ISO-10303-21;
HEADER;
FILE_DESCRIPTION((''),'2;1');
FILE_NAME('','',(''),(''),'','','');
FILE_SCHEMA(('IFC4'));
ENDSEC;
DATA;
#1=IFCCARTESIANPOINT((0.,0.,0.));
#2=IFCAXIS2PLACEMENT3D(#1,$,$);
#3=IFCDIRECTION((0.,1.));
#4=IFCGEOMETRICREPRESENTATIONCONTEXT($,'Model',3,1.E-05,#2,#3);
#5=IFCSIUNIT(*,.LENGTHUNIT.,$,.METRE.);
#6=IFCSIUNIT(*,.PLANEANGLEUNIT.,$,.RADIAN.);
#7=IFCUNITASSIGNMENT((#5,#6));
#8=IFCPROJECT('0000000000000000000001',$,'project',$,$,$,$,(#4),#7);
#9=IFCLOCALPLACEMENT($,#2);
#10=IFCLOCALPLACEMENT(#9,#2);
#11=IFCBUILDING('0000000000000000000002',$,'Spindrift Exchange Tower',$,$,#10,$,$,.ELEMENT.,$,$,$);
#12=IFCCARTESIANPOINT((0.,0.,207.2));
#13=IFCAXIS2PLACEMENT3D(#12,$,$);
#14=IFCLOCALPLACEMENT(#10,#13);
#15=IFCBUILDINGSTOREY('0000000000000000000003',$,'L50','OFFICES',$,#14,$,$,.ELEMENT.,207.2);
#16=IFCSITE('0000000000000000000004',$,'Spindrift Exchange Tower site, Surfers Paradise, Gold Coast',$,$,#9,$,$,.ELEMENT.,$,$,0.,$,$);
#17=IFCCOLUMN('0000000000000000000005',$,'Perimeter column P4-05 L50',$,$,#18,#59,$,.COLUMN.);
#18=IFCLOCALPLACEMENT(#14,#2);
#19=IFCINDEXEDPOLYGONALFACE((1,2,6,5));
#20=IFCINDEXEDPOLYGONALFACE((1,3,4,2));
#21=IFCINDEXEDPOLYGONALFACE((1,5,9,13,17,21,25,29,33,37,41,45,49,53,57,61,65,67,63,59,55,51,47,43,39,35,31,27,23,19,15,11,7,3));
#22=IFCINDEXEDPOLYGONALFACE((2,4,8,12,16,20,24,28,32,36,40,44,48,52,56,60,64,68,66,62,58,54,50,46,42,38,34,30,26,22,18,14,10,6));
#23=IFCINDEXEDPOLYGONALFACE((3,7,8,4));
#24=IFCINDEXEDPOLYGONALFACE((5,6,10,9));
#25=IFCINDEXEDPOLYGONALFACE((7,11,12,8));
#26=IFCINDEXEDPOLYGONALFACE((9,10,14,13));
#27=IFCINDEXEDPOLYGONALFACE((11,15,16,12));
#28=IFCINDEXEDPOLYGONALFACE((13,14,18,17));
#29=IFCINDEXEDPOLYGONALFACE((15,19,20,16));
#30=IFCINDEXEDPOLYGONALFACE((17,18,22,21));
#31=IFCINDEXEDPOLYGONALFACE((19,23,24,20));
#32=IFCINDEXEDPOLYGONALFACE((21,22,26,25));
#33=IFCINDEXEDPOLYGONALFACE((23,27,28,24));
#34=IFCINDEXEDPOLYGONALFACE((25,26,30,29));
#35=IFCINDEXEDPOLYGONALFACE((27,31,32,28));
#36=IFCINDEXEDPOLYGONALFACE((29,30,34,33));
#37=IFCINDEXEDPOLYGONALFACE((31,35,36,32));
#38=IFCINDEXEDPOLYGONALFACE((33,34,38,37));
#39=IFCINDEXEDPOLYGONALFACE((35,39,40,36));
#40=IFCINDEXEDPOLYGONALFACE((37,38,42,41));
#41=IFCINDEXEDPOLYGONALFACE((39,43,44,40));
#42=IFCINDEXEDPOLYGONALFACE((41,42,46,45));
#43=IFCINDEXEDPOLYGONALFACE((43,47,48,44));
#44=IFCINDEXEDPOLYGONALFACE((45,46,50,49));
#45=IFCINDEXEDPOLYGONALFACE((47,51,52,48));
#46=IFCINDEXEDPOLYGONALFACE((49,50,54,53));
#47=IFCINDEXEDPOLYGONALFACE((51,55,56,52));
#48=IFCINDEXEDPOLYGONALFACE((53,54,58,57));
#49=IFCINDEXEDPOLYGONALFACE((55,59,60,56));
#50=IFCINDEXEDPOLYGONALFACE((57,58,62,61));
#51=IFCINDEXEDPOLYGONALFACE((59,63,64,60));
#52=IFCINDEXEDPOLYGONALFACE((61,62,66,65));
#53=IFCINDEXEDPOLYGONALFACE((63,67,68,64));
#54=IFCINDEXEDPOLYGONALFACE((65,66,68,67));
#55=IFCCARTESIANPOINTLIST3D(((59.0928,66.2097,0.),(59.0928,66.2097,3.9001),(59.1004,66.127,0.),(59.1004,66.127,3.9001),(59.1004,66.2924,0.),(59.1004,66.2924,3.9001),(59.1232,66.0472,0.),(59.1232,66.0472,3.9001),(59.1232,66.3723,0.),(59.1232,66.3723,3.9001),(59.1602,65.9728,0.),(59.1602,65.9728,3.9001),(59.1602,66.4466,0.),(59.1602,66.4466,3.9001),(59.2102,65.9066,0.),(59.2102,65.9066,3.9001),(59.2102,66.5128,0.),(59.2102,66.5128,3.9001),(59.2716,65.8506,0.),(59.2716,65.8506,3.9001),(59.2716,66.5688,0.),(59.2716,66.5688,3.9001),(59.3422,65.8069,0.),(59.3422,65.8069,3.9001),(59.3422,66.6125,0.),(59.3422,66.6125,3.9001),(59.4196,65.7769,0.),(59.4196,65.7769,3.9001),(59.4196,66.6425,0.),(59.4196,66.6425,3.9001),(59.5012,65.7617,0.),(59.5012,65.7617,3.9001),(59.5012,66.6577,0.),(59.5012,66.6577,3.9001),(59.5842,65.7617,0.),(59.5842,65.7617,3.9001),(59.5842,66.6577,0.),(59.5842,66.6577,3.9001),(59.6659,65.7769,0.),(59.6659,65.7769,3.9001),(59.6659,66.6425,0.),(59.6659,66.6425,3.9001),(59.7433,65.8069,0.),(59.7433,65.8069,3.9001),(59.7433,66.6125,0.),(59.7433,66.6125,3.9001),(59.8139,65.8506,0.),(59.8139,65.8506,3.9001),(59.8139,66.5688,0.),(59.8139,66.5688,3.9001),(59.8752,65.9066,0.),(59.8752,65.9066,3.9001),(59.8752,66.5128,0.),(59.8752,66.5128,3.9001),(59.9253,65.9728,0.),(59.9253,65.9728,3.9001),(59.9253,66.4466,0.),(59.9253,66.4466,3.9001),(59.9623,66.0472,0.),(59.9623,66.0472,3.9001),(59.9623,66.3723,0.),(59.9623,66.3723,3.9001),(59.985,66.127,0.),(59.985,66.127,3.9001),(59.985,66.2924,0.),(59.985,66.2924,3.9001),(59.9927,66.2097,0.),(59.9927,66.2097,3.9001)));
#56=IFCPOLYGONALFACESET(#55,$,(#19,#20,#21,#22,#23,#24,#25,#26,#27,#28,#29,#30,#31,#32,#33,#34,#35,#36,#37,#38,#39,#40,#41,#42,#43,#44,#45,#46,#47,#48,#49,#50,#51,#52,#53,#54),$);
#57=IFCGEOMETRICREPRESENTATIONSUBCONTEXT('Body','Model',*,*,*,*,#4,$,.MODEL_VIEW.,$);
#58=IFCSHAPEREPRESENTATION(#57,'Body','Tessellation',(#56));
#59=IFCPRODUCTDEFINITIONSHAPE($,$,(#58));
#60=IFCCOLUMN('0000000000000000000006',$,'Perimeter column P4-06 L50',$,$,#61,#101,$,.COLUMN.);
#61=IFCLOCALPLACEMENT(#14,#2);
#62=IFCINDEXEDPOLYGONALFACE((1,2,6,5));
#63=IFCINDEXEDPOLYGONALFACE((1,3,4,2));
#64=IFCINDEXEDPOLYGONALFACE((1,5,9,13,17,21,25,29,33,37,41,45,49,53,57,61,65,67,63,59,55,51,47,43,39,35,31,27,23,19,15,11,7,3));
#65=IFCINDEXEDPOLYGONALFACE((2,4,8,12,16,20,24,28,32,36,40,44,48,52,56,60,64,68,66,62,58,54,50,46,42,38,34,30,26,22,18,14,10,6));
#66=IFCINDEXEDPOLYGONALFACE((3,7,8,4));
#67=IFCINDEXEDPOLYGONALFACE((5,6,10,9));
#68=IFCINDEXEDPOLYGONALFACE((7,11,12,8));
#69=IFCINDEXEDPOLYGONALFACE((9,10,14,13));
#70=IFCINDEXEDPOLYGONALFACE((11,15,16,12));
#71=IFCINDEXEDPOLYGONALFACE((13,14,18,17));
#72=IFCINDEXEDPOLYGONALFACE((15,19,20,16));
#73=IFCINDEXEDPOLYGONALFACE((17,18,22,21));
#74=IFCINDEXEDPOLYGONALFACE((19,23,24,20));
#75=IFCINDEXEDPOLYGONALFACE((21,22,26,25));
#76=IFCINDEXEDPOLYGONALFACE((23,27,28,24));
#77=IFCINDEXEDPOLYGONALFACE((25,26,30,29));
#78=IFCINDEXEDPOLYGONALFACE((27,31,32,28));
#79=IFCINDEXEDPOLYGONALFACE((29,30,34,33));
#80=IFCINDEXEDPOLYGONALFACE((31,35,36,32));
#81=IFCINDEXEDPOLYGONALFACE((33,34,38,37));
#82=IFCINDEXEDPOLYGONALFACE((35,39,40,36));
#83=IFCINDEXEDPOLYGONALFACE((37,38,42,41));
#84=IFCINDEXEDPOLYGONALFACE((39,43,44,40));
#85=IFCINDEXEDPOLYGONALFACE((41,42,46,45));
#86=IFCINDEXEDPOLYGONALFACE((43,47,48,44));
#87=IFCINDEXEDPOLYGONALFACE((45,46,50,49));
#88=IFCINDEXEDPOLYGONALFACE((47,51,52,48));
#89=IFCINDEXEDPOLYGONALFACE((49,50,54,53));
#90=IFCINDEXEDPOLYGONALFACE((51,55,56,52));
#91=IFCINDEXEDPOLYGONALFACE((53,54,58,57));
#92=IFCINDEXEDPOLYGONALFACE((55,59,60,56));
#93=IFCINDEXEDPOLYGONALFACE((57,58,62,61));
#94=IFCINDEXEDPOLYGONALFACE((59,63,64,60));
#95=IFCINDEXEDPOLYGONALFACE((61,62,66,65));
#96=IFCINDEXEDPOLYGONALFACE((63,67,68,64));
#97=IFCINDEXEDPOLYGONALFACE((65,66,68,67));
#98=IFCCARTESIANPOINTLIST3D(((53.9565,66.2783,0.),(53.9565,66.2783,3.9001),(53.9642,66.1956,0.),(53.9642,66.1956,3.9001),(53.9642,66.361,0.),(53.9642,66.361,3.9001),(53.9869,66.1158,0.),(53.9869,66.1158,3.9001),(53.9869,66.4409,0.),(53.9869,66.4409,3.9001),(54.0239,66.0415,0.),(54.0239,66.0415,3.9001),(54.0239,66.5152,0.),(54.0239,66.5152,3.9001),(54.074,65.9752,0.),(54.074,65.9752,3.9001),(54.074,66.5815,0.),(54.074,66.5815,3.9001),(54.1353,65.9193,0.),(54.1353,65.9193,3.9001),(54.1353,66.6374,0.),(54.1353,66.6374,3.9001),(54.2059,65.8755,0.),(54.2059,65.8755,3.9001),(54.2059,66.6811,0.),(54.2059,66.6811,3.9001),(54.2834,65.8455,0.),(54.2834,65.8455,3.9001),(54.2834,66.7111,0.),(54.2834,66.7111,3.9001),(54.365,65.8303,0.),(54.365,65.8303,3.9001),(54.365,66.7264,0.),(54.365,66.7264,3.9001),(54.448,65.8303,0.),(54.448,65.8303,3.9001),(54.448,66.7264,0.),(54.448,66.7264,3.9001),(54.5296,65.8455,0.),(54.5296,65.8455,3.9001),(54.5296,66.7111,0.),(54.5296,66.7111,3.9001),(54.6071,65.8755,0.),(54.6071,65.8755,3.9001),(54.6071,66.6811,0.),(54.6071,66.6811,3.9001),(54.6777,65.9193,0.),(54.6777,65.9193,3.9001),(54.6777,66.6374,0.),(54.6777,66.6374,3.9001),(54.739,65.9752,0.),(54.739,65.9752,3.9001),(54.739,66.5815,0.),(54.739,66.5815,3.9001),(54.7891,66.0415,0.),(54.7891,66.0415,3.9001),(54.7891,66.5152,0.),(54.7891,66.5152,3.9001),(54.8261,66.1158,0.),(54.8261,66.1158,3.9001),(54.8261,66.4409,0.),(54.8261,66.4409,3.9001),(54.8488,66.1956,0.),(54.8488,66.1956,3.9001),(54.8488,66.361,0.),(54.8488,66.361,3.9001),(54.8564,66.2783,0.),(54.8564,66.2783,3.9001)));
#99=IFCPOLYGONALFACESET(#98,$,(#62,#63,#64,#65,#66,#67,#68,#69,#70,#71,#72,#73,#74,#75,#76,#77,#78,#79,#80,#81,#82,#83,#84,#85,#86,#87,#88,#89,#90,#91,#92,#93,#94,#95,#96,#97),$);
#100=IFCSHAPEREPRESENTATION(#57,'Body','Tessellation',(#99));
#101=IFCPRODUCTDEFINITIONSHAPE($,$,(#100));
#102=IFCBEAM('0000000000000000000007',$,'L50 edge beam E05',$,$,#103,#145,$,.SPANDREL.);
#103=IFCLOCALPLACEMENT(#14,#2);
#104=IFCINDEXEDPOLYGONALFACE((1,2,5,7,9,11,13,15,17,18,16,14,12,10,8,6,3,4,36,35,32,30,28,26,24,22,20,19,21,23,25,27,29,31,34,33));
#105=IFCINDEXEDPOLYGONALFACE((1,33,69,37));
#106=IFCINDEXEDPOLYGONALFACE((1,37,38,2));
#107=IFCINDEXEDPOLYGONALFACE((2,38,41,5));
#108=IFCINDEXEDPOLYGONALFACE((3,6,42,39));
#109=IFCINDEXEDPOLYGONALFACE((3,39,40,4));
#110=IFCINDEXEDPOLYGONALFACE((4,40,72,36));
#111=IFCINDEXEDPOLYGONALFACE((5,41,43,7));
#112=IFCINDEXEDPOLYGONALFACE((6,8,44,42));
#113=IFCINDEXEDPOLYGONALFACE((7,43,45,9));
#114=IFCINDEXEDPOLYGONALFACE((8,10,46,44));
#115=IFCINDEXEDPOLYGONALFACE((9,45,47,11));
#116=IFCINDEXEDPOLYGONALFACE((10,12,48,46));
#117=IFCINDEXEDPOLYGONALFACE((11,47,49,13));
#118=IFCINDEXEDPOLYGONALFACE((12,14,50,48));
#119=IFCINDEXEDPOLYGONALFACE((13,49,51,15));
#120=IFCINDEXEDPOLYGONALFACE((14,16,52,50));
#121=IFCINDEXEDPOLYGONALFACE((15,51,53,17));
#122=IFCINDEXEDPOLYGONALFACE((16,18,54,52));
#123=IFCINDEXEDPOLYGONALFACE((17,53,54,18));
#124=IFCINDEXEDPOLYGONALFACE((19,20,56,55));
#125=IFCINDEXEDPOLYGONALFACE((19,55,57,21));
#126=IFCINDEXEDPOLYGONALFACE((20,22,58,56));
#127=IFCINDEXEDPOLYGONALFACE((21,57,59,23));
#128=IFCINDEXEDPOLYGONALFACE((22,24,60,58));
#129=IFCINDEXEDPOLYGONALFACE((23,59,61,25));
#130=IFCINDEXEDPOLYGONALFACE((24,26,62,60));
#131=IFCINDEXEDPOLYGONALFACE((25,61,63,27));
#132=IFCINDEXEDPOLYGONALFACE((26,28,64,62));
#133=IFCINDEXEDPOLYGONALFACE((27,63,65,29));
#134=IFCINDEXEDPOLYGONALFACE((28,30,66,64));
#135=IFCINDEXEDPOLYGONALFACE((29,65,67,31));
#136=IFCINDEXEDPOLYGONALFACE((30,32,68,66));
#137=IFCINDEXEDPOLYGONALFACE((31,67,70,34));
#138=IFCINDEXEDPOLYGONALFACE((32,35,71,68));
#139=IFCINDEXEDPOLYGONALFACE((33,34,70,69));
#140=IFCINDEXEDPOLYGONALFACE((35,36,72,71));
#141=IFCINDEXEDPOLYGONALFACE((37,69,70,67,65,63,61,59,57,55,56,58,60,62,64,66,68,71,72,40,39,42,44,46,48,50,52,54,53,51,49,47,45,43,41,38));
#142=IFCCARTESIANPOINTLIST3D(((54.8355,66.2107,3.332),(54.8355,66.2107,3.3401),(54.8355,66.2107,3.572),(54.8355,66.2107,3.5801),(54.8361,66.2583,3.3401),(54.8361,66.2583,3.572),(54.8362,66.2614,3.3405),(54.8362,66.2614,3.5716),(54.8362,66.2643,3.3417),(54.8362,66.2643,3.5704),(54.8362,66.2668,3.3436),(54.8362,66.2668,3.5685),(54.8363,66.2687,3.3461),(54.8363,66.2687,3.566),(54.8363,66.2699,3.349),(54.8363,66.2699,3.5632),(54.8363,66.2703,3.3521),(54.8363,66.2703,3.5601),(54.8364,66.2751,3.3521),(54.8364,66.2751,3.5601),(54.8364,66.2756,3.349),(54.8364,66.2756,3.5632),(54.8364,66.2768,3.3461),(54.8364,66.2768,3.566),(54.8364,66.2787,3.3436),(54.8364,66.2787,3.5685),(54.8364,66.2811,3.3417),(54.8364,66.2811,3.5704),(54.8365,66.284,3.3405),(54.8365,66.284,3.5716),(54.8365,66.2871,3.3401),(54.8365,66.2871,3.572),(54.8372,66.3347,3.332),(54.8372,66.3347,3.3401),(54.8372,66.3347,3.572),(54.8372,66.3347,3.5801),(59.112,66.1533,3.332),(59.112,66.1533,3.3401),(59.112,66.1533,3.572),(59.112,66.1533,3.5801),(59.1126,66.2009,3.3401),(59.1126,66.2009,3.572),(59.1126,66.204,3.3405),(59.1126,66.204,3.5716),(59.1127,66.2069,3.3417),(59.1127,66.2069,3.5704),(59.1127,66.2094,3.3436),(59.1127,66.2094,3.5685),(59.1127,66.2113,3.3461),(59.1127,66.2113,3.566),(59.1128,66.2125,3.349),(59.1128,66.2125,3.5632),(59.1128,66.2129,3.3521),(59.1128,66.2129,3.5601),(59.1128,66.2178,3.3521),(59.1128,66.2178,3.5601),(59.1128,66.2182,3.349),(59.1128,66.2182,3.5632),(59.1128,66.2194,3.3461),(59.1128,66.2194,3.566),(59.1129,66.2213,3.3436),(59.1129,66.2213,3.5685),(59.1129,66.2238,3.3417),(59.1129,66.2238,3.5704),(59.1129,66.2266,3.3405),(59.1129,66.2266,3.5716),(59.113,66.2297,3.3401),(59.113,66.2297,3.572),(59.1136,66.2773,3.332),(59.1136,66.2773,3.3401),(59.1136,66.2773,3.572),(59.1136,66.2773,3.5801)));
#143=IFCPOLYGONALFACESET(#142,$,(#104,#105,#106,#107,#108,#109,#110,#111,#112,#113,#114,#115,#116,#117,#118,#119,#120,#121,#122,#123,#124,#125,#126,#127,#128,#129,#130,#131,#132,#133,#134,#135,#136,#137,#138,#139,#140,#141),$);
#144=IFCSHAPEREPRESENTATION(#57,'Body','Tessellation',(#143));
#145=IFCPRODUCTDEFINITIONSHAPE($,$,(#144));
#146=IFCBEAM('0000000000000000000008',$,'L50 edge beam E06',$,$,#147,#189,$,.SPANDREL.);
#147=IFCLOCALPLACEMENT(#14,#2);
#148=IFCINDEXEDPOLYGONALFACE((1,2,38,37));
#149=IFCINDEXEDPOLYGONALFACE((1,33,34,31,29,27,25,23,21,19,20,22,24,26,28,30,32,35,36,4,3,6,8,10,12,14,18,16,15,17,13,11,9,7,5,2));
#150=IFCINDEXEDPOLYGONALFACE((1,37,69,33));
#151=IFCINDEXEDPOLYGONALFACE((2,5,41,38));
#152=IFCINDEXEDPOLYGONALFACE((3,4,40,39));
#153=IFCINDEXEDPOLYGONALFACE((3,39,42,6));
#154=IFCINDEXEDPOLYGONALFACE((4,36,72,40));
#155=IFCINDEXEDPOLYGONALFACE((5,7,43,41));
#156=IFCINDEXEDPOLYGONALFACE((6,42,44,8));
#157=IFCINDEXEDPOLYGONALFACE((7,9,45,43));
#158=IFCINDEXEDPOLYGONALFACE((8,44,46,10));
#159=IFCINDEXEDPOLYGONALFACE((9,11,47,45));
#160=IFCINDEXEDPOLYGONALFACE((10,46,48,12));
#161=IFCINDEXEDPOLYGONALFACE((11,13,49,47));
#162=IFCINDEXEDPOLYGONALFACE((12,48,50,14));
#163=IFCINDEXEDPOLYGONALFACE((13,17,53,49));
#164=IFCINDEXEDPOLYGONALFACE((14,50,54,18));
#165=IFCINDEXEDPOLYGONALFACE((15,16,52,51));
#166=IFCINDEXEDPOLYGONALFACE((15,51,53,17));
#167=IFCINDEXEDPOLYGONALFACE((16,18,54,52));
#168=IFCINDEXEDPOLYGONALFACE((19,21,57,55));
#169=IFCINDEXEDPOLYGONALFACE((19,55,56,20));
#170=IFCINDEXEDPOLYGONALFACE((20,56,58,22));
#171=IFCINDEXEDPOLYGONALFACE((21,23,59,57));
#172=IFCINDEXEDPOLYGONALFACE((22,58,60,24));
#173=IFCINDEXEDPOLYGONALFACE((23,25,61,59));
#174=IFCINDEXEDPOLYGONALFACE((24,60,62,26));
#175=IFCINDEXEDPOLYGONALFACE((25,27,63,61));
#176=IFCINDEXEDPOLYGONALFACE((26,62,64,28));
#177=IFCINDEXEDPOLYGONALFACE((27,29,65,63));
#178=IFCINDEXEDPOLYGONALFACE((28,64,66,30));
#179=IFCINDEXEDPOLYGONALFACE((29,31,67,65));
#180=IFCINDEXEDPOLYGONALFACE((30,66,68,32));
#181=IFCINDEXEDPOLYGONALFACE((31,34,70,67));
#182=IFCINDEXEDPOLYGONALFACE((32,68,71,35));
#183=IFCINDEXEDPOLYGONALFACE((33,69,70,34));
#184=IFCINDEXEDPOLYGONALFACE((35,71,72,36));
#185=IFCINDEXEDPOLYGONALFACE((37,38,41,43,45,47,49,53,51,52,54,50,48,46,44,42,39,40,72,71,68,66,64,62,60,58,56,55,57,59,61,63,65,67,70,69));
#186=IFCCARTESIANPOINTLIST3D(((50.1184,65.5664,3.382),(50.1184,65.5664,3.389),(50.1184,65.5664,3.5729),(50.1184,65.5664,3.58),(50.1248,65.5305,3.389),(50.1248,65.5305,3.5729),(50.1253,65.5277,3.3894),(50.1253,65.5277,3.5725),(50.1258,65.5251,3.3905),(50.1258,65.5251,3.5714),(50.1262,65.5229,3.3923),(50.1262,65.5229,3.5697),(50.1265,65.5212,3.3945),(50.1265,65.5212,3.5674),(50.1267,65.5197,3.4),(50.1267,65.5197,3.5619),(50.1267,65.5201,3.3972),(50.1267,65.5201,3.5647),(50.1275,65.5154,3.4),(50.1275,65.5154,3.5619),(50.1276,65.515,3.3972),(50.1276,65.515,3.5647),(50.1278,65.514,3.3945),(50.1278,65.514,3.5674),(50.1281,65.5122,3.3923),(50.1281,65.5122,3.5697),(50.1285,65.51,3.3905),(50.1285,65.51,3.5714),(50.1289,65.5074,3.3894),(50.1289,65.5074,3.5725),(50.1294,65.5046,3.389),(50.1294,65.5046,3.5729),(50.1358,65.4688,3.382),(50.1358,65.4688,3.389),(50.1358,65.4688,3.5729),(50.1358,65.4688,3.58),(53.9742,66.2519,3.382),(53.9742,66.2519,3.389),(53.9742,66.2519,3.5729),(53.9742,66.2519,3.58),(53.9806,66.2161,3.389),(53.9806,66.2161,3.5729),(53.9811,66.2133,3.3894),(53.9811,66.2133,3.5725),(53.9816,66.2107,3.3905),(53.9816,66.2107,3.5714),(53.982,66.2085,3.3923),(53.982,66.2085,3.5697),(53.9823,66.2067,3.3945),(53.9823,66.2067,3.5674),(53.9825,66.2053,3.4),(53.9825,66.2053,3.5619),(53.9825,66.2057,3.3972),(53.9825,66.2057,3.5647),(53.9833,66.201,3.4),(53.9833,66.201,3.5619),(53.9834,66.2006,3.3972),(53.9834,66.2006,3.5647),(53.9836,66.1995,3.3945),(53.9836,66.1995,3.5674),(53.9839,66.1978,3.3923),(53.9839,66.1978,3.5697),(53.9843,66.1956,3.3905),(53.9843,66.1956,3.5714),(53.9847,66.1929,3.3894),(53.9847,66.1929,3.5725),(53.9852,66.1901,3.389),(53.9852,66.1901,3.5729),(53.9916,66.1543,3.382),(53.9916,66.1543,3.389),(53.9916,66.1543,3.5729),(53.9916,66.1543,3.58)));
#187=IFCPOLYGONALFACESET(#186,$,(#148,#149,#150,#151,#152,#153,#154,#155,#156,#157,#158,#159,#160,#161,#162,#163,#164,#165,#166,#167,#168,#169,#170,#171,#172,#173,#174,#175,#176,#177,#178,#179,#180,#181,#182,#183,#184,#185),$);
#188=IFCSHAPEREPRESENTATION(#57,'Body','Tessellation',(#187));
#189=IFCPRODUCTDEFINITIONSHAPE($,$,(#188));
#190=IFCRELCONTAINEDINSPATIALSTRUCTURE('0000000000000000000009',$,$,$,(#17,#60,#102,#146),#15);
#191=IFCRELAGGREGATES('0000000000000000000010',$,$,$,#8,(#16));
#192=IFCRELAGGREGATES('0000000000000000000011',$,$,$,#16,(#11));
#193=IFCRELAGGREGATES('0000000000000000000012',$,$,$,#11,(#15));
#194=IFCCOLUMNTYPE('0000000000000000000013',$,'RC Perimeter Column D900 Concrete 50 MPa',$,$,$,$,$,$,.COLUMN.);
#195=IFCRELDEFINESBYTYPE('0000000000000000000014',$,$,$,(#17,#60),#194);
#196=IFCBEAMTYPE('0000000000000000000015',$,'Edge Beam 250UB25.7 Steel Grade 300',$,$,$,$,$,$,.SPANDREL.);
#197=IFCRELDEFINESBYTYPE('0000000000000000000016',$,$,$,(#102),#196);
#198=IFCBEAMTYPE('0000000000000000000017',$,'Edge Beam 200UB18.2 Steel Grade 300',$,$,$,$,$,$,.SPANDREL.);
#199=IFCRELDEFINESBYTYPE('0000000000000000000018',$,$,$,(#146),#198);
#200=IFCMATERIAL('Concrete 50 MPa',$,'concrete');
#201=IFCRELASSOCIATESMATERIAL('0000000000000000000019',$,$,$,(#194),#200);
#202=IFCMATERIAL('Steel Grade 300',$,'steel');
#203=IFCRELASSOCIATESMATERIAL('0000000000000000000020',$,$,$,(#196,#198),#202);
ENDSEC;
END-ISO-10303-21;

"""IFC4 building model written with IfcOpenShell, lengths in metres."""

from ifc_helpers import new_model, si_unit, direction, frame, origin, origin_2d, place, context, subcontext, project, spatial, circle, i_section, extrude, source, transform, mapped, material, material_profile, profile_set, type_object, element, save


model = new_model("IFC4")

# Units and contexts
model_context = context("Model", 3, precision=1e-05, world=origin(), true_north=direction((0.0, 1.0)))
body_context = subcontext(model_context, "Body", "Model", "MODEL_VIEW")
ifc_project = project(units=[si_unit("LENGTHUNIT", "METRE"), si_unit("PLANEANGLEUNIT", "RADIAN")], contexts=[model_context])

# Site, building, storey
site_placement = place(None, origin())
site = spatial("IfcSite", under=ifc_project, at=site_placement, Name="Spindrift Exchange Tower site, Surfers Paradise, Gold Coast", CompositionType="ELEMENT", RefElevation=0.0)
building_placement = place(site_placement, origin())
building = spatial("IfcBuilding", under=site, at=building_placement, Name="Spindrift Exchange Tower", CompositionType="ELEMENT")
storey_placement = place(building_placement, frame((0.0, 0.0, 207.2)))
storey = spatial("IfcBuildingStorey", under=building, at=storey_placement, Name="L50", Description="OFFICES", CompositionType="ELEMENT", Elevation=207.2)

# Columns
ifc_material_1 = material(Name="Concrete 50 MPa", Category="concrete")
ifc_material_profile_1 = material_profile(ifc_material_1, circle(Radius=0.45, at=origin_2d()), Name="RC D900")
ifc_profile_set_1 = profile_set([ifc_material_profile_1], Name="Concrete 50 MPa")
column_type = type_object("IfcColumnType", Name="RC Perimeter Column D900 Concrete 50 MPa", PredefinedType="COLUMN", material=ifc_profile_set_1)
shared_shape_1 = source(origin(), body_context, "Body", "SweptSolid", [
    extrude(circle(Radius=0.45, at=origin_2d()), origin(), (0.0, 0.0, 1.0), 3.9001),
])
for number, where, z_axis, x_axis, name in (
    (1, (59.5427, 66.2097, 0.0), (0.0, 0.0, 1.0), (1.0, 0.0, 0.0), "Perimeter column P4-05 L50"),
    (2, (54.4065, 66.2783, 0.0), (0.0, 0.0, 1.0), (1.0, 0.0, 0.0), "Perimeter column P4-06 L50"),
):
    element("IfcColumn", number, at=place(storey_placement, frame(where, z_axis=z_axis, x_axis=x_axis)), inside=storey, type_object=column_type, Name=name, PredefinedType="COLUMN", context=body_context, shape_type="MappedRepresentation", body=[
        mapped(shared_shape_1, transform((0.0, 0.0, 0.0), scale=1.0)),
    ])

# Beams
ifc_material_2 = material(Name="Steel Grade 300", Category="steel")
ifc_material_profile_2 = material_profile(ifc_material_2, i_section(OverallWidth=0.124, OverallDepth=0.248, WebThickness=0.0049, FlangeThickness=0.0081, FilletRadius=0.012, at=origin_2d()), Name="250UB25.7")
ifc_profile_set_2 = profile_set([ifc_material_profile_2], Name="Steel Grade 300")
beam_type_1 = type_object("IfcBeamType", Name="Edge Beam 250UB25.7 Steel Grade 300", PredefinedType="SPANDREL", material=ifc_profile_set_2)
shared_shape_2 = source(origin(), body_context, "Body", "SweptSolid", [
    extrude(i_section(OverallWidth=0.124, OverallDepth=0.248, WebThickness=0.0049, FlangeThickness=0.0081, FilletRadius=0.012, at=origin_2d()), origin(), (0.0, 0.0, 1.0), 4.2769),
])
beam_1_placement = place(storey_placement, frame((59.1128, 66.2153, 3.4561), z_axis=(-0.99991, 0.013415, 0.0), x_axis=(-0.013415, -0.99991, 0.0)))
element("IfcBeam", 3, at=beam_1_placement, inside=storey, type_object=beam_type_1, Name="L50 edge beam E05", PredefinedType="SPANDREL", context=body_context, shape_type="MappedRepresentation", body=[
    mapped(shared_shape_2, transform((0.0, 0.0, 0.0), scale=1.0)),
])
ifc_material_profile_3 = material_profile(ifc_material_2, i_section(OverallWidth=0.0991, OverallDepth=0.198, WebThickness=0.0044, FlangeThickness=0.0071, FilletRadius=0.011, at=origin_2d()), Name="200UB18.2")
ifc_profile_set_3 = profile_set([ifc_material_profile_3], Name="Steel Grade 300")
beam_type_2 = type_object("IfcBeamType", Name="Edge Beam 200UB18.2 Steel Grade 300", PredefinedType="SPANDREL", material=ifc_profile_set_3)
shared_shape_3 = source(origin(), body_context, "Body", "SweptSolid", [
    extrude(i_section(OverallWidth=0.0991, OverallDepth=0.198, WebThickness=0.0044, FlangeThickness=0.0071, FilletRadius=0.011, at=origin_2d()), origin(), (0.0, 0.0, 1.0), 3.9163),
])
beam_2_placement = place(storey_placement, frame((53.9829, 66.2031, 3.481), z_axis=(-0.984559, -0.175055, 0.0), x_axis=(0.175055, -0.984559, 0.0)))
element("IfcBeam", 4, at=beam_2_placement, inside=storey, type_object=beam_type_2, Name="L50 edge beam E06", PredefinedType="SPANDREL", context=body_context, shape_type="MappedRepresentation", body=[
    mapped(shared_shape_3, transform((0.0, 0.0, 0.0), scale=1.0)),
])

save(model, "model.ifc")
